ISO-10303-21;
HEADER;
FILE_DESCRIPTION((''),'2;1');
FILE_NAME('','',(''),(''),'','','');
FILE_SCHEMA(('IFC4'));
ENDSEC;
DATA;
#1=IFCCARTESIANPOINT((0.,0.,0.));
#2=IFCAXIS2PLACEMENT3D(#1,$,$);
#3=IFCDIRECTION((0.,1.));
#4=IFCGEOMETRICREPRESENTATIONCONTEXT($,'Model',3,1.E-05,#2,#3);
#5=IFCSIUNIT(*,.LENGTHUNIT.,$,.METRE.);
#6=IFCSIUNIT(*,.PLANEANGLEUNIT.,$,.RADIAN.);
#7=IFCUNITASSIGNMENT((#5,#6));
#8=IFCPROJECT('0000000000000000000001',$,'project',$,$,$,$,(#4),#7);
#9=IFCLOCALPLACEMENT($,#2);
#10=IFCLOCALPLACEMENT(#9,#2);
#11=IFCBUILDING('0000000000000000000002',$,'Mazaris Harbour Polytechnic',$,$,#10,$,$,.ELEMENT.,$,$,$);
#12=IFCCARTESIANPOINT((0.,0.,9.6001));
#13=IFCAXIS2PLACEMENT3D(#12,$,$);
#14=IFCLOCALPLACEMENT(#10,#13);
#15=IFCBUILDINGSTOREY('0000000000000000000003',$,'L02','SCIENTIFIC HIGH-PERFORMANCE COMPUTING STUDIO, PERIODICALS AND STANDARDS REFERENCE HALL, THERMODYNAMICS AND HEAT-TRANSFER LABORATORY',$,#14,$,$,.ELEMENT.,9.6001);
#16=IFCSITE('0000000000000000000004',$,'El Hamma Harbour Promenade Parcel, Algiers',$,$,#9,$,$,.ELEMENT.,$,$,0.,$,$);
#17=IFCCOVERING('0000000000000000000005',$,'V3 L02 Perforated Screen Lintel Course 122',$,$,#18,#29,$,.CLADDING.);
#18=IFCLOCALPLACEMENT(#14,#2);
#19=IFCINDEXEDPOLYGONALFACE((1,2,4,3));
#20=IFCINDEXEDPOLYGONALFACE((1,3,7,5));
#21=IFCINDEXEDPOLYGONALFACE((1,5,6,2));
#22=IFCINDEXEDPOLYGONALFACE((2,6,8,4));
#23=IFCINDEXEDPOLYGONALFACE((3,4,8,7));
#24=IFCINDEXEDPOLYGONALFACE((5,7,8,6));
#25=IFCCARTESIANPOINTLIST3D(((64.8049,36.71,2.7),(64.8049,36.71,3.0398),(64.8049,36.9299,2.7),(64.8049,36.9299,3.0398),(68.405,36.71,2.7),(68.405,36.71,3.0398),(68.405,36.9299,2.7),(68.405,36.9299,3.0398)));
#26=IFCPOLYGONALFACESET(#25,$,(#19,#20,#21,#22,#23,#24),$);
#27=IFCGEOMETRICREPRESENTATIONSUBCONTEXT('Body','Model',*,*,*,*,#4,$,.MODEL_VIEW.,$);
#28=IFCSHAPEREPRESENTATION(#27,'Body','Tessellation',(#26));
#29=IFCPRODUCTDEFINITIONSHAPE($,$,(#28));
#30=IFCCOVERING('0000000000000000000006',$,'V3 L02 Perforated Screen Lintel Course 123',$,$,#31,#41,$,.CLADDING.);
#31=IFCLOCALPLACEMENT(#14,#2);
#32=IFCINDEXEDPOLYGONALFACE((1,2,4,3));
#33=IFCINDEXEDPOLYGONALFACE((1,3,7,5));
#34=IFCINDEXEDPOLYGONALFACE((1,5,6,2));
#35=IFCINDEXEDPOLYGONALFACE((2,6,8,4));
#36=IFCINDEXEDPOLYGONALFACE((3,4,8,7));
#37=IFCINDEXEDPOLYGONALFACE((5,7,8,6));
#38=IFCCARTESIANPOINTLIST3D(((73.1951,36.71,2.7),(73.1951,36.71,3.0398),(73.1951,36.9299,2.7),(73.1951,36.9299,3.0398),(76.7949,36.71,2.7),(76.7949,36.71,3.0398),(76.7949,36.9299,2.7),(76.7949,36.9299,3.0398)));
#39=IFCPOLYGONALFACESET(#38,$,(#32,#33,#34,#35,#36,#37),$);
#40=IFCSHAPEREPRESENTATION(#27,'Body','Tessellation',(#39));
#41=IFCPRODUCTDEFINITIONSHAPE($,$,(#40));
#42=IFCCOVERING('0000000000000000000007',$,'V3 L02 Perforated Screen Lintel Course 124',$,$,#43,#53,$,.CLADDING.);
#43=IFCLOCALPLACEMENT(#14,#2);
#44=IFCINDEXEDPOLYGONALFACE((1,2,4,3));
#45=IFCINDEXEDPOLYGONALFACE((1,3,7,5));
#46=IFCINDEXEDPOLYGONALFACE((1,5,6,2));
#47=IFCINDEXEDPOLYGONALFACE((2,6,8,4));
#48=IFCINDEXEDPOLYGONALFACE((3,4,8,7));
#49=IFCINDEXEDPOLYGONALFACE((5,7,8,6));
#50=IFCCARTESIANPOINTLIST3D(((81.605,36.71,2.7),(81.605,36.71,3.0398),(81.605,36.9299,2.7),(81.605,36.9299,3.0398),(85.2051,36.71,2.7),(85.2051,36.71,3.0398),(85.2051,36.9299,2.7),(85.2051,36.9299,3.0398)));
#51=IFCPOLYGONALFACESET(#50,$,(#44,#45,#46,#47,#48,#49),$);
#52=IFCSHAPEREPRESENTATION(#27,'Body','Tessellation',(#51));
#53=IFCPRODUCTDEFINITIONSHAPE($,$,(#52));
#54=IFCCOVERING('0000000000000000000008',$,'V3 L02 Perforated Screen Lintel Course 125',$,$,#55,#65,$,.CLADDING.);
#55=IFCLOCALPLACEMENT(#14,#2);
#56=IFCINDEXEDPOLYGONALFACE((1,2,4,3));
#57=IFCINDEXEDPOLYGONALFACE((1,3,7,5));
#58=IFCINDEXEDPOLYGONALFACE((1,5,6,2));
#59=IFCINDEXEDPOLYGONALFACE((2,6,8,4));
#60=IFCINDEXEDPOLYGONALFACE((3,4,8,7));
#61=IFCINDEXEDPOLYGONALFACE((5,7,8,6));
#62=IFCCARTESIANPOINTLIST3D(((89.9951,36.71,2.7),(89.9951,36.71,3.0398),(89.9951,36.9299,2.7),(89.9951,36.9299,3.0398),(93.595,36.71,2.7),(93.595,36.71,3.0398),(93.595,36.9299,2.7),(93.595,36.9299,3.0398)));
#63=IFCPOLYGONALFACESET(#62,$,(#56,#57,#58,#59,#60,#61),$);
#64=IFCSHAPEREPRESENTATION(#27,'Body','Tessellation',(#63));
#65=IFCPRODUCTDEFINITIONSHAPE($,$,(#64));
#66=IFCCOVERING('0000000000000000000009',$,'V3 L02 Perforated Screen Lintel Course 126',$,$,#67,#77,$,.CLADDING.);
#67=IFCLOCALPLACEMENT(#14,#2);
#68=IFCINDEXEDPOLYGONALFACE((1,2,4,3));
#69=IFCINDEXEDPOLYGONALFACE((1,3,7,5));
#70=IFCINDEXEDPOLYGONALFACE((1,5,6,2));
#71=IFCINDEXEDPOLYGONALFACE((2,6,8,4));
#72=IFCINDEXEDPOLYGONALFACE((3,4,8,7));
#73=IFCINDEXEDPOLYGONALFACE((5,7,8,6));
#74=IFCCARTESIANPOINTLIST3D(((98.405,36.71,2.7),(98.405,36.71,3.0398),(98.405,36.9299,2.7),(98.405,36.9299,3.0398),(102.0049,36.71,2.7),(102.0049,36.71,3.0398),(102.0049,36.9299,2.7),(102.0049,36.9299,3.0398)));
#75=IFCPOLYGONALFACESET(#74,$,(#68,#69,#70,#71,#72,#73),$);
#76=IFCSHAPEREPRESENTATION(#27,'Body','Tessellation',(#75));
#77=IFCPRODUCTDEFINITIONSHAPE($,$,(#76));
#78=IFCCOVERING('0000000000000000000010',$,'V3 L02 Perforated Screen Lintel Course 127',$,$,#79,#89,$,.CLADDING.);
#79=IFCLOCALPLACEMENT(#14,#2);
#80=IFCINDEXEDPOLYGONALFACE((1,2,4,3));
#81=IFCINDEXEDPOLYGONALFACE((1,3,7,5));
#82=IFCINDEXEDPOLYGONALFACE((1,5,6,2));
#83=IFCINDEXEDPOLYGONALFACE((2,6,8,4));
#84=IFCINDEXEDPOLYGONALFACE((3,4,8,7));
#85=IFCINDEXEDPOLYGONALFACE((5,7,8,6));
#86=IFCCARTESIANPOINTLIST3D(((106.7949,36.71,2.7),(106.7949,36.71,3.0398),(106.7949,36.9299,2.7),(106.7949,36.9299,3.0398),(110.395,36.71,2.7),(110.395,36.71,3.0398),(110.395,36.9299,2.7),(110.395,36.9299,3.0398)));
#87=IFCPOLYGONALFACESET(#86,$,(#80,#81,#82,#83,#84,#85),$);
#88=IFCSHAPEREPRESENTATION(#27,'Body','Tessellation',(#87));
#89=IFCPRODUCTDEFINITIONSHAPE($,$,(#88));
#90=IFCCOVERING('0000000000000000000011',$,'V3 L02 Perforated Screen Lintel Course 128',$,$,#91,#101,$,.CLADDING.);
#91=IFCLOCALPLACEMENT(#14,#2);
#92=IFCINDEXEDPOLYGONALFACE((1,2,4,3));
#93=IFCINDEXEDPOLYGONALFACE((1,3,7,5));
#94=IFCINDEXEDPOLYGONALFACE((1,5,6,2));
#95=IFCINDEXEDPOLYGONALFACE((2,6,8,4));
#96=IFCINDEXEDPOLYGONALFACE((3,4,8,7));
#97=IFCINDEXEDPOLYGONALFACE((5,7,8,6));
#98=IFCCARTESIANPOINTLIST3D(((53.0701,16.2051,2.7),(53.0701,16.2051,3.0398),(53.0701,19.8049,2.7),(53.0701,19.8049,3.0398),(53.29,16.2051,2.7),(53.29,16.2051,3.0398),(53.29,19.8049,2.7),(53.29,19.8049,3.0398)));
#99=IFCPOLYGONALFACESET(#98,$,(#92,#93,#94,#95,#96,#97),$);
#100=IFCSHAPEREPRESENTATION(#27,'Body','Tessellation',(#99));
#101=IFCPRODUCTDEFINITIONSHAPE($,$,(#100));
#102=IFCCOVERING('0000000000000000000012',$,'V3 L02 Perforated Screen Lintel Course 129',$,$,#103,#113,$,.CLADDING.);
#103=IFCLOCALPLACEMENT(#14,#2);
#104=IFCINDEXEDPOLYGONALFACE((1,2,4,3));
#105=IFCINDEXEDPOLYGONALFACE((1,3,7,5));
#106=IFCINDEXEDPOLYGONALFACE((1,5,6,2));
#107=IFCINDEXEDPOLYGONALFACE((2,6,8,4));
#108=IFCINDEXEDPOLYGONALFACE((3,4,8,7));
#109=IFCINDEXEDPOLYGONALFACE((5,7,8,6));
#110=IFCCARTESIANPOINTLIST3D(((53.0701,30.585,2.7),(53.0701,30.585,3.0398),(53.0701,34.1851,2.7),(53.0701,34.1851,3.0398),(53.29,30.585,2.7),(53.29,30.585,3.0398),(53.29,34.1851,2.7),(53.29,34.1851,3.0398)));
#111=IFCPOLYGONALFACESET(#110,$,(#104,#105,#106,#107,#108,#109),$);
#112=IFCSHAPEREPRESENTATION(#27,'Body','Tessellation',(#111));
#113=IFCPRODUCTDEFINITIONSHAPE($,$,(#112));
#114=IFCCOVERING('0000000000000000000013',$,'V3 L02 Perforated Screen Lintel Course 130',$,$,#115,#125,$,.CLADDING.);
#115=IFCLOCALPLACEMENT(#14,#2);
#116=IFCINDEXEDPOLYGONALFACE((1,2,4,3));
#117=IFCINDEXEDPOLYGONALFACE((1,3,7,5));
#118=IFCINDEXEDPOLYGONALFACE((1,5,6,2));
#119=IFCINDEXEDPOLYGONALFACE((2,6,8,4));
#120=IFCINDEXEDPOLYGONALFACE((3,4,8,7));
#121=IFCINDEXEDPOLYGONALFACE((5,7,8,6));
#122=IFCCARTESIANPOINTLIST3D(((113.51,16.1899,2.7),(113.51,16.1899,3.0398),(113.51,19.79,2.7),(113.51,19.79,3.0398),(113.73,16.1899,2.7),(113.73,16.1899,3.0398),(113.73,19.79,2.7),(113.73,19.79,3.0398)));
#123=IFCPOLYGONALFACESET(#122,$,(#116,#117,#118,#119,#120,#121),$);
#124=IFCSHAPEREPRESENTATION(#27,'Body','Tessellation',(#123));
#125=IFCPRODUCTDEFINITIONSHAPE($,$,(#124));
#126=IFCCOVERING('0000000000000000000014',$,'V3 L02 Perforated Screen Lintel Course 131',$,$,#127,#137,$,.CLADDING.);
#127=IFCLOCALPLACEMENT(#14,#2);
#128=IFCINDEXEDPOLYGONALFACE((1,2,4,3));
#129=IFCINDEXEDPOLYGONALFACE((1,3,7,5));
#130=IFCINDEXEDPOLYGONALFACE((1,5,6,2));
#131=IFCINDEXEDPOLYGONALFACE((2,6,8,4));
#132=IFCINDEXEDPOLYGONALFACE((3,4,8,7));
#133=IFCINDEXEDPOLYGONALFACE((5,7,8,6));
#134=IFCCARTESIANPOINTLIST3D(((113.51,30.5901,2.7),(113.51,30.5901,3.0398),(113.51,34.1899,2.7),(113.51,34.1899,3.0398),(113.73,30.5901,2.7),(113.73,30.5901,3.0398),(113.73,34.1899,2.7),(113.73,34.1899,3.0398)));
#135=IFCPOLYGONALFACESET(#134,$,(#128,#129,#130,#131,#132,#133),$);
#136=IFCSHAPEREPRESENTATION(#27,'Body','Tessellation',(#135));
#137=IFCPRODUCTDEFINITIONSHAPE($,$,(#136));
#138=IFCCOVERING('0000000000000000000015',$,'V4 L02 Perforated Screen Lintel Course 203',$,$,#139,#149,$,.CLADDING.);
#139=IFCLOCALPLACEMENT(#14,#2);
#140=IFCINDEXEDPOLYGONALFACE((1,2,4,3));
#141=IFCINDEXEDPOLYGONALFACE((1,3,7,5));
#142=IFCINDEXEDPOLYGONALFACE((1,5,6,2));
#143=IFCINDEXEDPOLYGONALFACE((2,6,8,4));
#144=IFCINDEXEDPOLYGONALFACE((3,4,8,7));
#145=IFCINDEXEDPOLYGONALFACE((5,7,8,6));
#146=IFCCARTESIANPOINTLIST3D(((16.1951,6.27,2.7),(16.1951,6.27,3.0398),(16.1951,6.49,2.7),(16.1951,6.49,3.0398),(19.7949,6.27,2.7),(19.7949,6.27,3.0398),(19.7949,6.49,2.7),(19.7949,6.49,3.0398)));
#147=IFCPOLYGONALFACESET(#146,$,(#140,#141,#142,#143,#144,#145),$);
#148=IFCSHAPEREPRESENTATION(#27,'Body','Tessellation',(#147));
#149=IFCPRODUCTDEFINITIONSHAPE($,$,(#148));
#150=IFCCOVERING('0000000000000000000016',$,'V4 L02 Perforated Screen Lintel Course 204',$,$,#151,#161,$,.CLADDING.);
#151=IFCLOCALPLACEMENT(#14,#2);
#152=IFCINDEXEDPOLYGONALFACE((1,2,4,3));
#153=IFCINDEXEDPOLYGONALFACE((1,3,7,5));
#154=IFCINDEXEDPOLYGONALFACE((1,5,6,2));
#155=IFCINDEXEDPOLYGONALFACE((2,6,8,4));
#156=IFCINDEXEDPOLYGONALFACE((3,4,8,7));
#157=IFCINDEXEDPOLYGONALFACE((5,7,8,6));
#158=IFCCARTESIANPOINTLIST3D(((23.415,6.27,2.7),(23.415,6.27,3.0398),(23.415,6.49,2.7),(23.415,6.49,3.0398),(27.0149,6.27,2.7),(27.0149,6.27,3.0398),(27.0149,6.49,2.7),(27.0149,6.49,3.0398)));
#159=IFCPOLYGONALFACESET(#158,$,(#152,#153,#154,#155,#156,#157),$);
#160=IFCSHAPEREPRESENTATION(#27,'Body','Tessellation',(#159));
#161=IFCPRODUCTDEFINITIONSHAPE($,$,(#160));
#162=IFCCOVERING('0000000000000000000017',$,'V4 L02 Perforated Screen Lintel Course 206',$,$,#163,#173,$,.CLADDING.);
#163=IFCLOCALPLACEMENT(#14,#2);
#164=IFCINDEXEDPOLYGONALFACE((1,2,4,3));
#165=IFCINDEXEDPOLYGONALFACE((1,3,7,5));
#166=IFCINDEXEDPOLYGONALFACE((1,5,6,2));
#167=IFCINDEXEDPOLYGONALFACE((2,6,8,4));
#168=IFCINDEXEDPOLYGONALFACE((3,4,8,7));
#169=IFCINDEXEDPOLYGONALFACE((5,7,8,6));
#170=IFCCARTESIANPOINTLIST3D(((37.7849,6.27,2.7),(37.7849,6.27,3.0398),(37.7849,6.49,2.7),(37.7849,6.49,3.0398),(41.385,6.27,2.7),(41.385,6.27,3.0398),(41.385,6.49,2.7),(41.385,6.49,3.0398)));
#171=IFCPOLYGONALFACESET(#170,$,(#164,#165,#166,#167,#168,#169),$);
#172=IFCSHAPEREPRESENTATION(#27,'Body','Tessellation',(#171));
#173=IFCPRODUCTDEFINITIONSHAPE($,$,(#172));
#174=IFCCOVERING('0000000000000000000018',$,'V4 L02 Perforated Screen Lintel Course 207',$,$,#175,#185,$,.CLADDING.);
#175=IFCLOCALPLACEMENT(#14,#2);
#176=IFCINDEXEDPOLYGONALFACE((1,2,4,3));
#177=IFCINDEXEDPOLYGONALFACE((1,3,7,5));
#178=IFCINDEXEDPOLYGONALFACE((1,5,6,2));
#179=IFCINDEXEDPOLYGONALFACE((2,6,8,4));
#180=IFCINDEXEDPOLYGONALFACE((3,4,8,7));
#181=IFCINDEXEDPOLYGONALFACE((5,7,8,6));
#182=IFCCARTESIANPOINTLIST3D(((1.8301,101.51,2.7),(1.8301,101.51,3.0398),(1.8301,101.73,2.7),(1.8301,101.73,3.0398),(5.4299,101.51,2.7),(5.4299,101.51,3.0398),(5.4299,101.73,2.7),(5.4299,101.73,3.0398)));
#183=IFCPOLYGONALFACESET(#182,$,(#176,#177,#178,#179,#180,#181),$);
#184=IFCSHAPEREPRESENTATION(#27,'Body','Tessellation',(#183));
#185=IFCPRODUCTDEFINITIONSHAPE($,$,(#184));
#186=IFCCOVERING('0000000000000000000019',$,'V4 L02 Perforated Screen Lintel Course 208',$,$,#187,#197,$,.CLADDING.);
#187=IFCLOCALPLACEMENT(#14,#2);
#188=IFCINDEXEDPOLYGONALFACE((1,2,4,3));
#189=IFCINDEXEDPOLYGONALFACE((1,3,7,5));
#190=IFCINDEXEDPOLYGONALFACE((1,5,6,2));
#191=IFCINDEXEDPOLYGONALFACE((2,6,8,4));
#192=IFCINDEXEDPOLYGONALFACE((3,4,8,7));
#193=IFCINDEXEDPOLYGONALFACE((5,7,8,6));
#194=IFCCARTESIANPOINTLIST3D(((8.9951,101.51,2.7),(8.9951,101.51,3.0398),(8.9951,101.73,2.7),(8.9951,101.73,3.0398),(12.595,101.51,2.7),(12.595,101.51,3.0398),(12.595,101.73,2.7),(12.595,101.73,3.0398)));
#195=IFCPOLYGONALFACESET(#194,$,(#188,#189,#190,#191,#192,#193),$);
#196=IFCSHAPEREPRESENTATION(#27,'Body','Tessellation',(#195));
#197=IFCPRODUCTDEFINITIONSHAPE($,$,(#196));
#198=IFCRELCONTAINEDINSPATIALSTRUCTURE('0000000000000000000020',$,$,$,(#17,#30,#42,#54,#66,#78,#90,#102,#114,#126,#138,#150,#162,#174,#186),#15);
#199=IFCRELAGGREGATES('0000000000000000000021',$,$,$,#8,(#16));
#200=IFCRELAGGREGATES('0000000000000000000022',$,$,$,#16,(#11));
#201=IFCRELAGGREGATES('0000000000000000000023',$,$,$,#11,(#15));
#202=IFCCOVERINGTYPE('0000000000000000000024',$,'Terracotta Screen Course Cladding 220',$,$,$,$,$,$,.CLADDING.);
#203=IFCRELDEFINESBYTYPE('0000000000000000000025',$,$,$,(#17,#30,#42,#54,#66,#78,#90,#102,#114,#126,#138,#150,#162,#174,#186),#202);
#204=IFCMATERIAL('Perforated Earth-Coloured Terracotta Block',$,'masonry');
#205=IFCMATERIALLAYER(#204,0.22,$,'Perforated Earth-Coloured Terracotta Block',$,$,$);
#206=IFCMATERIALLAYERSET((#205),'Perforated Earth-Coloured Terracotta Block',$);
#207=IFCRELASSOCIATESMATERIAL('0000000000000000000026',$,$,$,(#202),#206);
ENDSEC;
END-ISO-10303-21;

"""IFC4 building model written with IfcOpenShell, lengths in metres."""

from ifc_helpers import new_model, si_unit, direction, frame, origin, place, context, subcontext, project, spatial, polyline, outline, extrude, material, layer, layer_set, type_object, element, save


model = new_model("IFC4")

# Units and contexts
model_context = context("Model", 3, precision=1e-05, world=origin(), true_north=direction((0.0, 1.0)))
body_context = subcontext(model_context, "Body", "Model", "MODEL_VIEW")
ifc_project = project(units=[si_unit("LENGTHUNIT", "METRE"), si_unit("PLANEANGLEUNIT", "RADIAN")], contexts=[model_context])

# Site, building, storey
site_placement = place(None, origin())
site = spatial("IfcSite", under=ifc_project, at=site_placement, Name="El Hamma Harbour Promenade Parcel, Algiers", CompositionType="ELEMENT", RefElevation=0.0)
building_placement = place(site_placement, origin())
building = spatial("IfcBuilding", under=site, at=building_placement, Name="Mazaris Harbour Polytechnic", CompositionType="ELEMENT")
storey_placement = place(building_placement, frame((0.0, 0.0, 9.6001)))
storey = spatial("IfcBuildingStorey", under=building, at=storey_placement, Name="L02", Description="SCIENTIFIC HIGH-PERFORMANCE COMPUTING STUDIO, PERIODICALS AND STANDARDS REFERENCE HALL, THERMODYNAMICS AND HEAT-TRANSFER LABORATORY", CompositionType="ELEMENT", Elevation=9.6001)

# Coverings
ifc_material = material(Name="Perforated Earth-Coloured Terracotta Block", Category="masonry")
ifc_layer = layer(ifc_material, 0.22, Name="Perforated Earth-Coloured Terracotta Block")
ifc_layer_set = layer_set([ifc_layer], Name="Perforated Earth-Coloured Terracotta Block")
covering_type = type_object("IfcCoveringType", Name="Terracotta Screen Course Cladding 220", PredefinedType="CLADDING", material=ifc_layer_set)
covering_1_placement = place(storey_placement, frame((0.0, 0.0, 2.7)))
element("IfcCovering", 1, at=covering_1_placement, inside=storey, type_object=covering_type, Name="V3 L02 Perforated Screen Lintel Course 122", PredefinedType="CLADDING", context=body_context, shape_type="SweptSolid", body=[
    extrude(outline(polyline([(64.8049, 36.71), (68.405, 36.71), (68.405, 36.9299), (64.8049, 36.9299), (64.8049, 36.71)])), origin(), (0.0, 0.0, 1.0), 0.3398),
])
covering_2_placement = place(storey_placement, frame((0.0, 0.0, 2.7)))
element("IfcCovering", 2, at=covering_2_placement, inside=storey, type_object=covering_type, Name="V3 L02 Perforated Screen Lintel Course 123", PredefinedType="CLADDING", context=body_context, shape_type="SweptSolid", body=[
    extrude(outline(polyline([(73.1951, 36.71), (76.7949, 36.71), (76.7949, 36.9299), (73.1951, 36.9299), (73.1951, 36.71)])), origin(), (0.0, 0.0, 1.0), 0.3398),
])
covering_3_placement = place(storey_placement, frame((0.0, 0.0, 2.7)))
element("IfcCovering", 3, at=covering_3_placement, inside=storey, type_object=covering_type, Name="V3 L02 Perforated Screen Lintel Course 124", PredefinedType="CLADDING", context=body_context, shape_type="SweptSolid", body=[
    extrude(outline(polyline([(81.605, 36.71), (85.2051, 36.71), (85.2051, 36.9299), (81.605, 36.9299), (81.605, 36.71)])), origin(), (0.0, 0.0, 1.0), 0.3398),
])
covering_4_placement = place(storey_placement, frame((0.0, 0.0, 2.7)))
element("IfcCovering", 4, at=covering_4_placement, inside=storey, type_object=covering_type, Name="V3 L02 Perforated Screen Lintel Course 125", PredefinedType="CLADDING", context=body_context, shape_type="SweptSolid", body=[
    extrude(outline(polyline([(89.9951, 36.71), (93.595, 36.71), (93.595, 36.9299), (89.9951, 36.9299), (89.9951, 36.71)])), origin(), (0.0, 0.0, 1.0), 0.3398),
])
covering_5_placement = place(storey_placement, frame((0.0, 0.0, 2.7)))
element("IfcCovering", 5, at=covering_5_placement, inside=storey, type_object=covering_type, Name="V3 L02 Perforated Screen Lintel Course 126", PredefinedType="CLADDING", context=body_context, shape_type="SweptSolid", body=[
    extrude(outline(polyline([(98.405, 36.71), (102.0049, 36.71), (102.0049, 36.9299), (98.405, 36.9299), (98.405, 36.71)])), origin(), (0.0, 0.0, 1.0), 0.3398),
])
covering_6_placement = place(storey_placement, frame((0.0, 0.0, 2.7)))
element("IfcCovering", 6, at=covering_6_placement, inside=storey, type_object=covering_type, Name="V3 L02 Perforated Screen Lintel Course 127", PredefinedType="CLADDING", context=body_context, shape_type="SweptSolid", body=[
    extrude(outline(polyline([(106.7949, 36.71), (110.395, 36.71), (110.395, 36.9299), (106.7949, 36.9299), (106.7949, 36.71)])), origin(), (0.0, 0.0, 1.0), 0.3398),
])
covering_7_placement = place(storey_placement, frame((0.0, 0.0, 2.7)))
element("IfcCovering", 7, at=covering_7_placement, inside=storey, type_object=covering_type, Name="V3 L02 Perforated Screen Lintel Course 128", PredefinedType="CLADDING", context=body_context, shape_type="SweptSolid", body=[
    extrude(outline(polyline([(53.29, 16.2051), (53.29, 19.8049), (53.0701, 19.8049), (53.0701, 16.2051), (53.29, 16.2051)])), origin(), (0.0, 0.0, 1.0), 0.3398),
])
covering_8_placement = place(storey_placement, frame((0.0, 0.0, 2.7)))
element("IfcCovering", 8, at=covering_8_placement, inside=storey, type_object=covering_type, Name="V3 L02 Perforated Screen Lintel Course 129", PredefinedType="CLADDING", context=body_context, shape_type="SweptSolid", body=[
    extrude(outline(polyline([(53.29, 30.585), (53.29, 34.1851), (53.0701, 34.1851), (53.0701, 30.585), (53.29, 30.585)])), origin(), (0.0, 0.0, 1.0), 0.3398),
])
covering_9_placement = place(storey_placement, frame((0.0, 0.0, 2.7)))
element("IfcCovering", 9, at=covering_9_placement, inside=storey, type_object=covering_type, Name="V3 L02 Perforated Screen Lintel Course 130", PredefinedType="CLADDING", context=body_context, shape_type="SweptSolid", body=[
    extrude(outline(polyline([(113.51, 19.79), (113.51, 16.1899), (113.73, 16.1899), (113.73, 19.79), (113.51, 19.79)])), origin(), (0.0, 0.0, 1.0), 0.3398),
])
covering_10_placement = place(storey_placement, frame((0.0, 0.0, 2.7)))
element("IfcCovering", 10, at=covering_10_placement, inside=storey, type_object=covering_type, Name="V3 L02 Perforated Screen Lintel Course 131", PredefinedType="CLADDING", context=body_context, shape_type="SweptSolid", body=[
    extrude(outline(polyline([(113.51, 34.1899), (113.51, 30.5901), (113.73, 30.5901), (113.73, 34.1899), (113.51, 34.1899)])), origin(), (0.0, 0.0, 1.0), 0.3398),
])
covering_11_placement = place(storey_placement, frame((0.0, 0.0, 2.7)))
element("IfcCovering", 11, at=covering_11_placement, inside=storey, type_object=covering_type, Name="V4 L02 Perforated Screen Lintel Course 203", PredefinedType="CLADDING", context=body_context, shape_type="SweptSolid", body=[
    extrude(outline(polyline([(19.7949, 6.49), (16.1951, 6.49), (16.1951, 6.27), (19.7949, 6.27), (19.7949, 6.49)])), origin(), (0.0, 0.0, 1.0), 0.3398),
])
covering_12_placement = place(storey_placement, frame((0.0, 0.0, 2.7)))
element("IfcCovering", 12, at=covering_12_placement, inside=storey, type_object=covering_type, Name="V4 L02 Perforated Screen Lintel Course 204", PredefinedType="CLADDING", context=body_context, shape_type="SweptSolid", body=[
    extrude(outline(polyline([(27.0149, 6.49), (23.415, 6.49), (23.415, 6.27), (27.0149, 6.27), (27.0149, 6.49)])), origin(), (0.0, 0.0, 1.0), 0.3398),
])
covering_13_placement = place(storey_placement, frame((0.0, 0.0, 2.7)))
element("IfcCovering", 13, at=covering_13_placement, inside=storey, type_object=covering_type, Name="V4 L02 Perforated Screen Lintel Course 206", PredefinedType="CLADDING", context=body_context, shape_type="SweptSolid", body=[
    extrude(outline(polyline([(41.385, 6.49), (37.7849, 6.49), (37.7849, 6.27), (41.385, 6.27), (41.385, 6.49)])), origin(), (0.0, 0.0, 1.0), 0.3398),
])
covering_14_placement = place(storey_placement, frame((0.0, 0.0, 2.7)))
element("IfcCovering", 14, at=covering_14_placement, inside=storey, type_object=covering_type, Name="V4 L02 Perforated Screen Lintel Course 207", PredefinedType="CLADDING", context=body_context, shape_type="SweptSolid", body=[
    extrude(outline(polyline([(1.8301, 101.51), (5.4299, 101.51), (5.4299, 101.73), (1.8301, 101.73), (1.8301, 101.51)])), origin(), (0.0, 0.0, 1.0), 0.3398),
])
covering_15_placement = place(storey_placement, frame((0.0, 0.0, 2.7)))
element("IfcCovering", 15, at=covering_15_placement, inside=storey, type_object=covering_type, Name="V4 L02 Perforated Screen Lintel Course 208", PredefinedType="CLADDING", context=body_context, shape_type="SweptSolid", body=[
    extrude(outline(polyline([(8.9951, 101.51), (12.595, 101.51), (12.595, 101.73), (8.9951, 101.73), (8.9951, 101.51)])), origin(), (0.0, 0.0, 1.0), 0.3398),
])

save(model, "model.ifc")
